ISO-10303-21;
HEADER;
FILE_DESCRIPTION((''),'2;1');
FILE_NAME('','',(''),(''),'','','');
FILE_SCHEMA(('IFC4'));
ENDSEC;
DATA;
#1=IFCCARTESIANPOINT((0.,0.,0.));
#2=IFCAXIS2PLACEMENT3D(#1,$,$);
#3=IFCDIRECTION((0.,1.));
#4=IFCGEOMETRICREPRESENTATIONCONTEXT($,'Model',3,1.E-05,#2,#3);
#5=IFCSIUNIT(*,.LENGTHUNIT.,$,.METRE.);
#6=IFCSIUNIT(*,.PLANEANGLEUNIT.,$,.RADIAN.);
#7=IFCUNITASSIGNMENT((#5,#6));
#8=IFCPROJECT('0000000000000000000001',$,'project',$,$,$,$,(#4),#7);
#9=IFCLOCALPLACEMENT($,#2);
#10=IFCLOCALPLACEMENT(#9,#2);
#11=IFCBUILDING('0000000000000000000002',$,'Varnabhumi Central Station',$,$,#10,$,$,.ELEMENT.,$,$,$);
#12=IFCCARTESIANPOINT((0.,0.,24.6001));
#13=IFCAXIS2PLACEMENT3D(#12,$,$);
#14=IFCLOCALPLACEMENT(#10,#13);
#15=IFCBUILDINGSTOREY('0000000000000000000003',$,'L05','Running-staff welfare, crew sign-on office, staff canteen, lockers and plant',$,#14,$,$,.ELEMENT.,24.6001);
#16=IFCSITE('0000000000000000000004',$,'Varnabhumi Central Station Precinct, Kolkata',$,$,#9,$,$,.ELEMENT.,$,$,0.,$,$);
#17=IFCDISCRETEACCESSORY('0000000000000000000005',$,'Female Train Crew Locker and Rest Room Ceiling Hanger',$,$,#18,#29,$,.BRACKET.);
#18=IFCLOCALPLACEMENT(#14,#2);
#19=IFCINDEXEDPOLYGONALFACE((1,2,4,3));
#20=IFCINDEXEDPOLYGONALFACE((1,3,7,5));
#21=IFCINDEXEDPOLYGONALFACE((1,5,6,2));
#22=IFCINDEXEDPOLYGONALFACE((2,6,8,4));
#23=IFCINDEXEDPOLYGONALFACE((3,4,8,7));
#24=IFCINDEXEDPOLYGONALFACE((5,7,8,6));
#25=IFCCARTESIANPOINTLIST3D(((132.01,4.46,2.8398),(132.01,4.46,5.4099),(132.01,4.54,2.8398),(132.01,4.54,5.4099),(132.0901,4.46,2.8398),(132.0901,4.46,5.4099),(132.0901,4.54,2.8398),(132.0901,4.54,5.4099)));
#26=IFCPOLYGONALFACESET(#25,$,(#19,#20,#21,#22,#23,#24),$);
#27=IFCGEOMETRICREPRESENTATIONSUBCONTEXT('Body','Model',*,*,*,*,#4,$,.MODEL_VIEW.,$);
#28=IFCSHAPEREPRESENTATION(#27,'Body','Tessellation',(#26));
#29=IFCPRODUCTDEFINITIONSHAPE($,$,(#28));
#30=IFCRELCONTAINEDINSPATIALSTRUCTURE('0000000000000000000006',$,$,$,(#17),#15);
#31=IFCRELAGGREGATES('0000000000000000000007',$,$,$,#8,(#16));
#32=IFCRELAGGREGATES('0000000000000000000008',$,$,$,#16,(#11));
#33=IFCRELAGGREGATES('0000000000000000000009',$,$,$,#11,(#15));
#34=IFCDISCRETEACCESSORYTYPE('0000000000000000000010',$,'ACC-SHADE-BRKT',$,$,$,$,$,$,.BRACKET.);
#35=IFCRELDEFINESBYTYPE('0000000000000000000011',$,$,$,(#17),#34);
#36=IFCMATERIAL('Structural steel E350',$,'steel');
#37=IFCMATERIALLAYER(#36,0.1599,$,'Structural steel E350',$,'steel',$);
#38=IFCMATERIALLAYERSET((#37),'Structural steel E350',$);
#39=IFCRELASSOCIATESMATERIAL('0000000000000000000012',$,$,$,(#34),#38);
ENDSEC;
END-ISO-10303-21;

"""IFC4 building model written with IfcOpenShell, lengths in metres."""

from ifc_helpers import new_model, si_unit, direction, frame, origin, origin_2d, place, context, subcontext, project, spatial, rectangle, extrude, material, layer, layer_set, type_object, element, save


model = new_model("IFC4")

# Units and contexts
model_context = context("Model", 3, precision=1e-05, world=origin(), true_north=direction((0.0, 1.0)))
body_context = subcontext(model_context, "Body", "Model", "MODEL_VIEW")
ifc_project = project(units=[si_unit("LENGTHUNIT", "METRE"), si_unit("PLANEANGLEUNIT", "RADIAN")], contexts=[model_context])

# Site, building, storey
site_placement = place(None, origin())
site = spatial("IfcSite", under=ifc_project, at=site_placement, Name="Varnabhumi Central Station Precinct, Kolkata", CompositionType="ELEMENT", RefElevation=0.0)
building_placement = place(site_placement, origin())
building = spatial("IfcBuilding", under=site, at=building_placement, Name="Varnabhumi Central Station", CompositionType="ELEMENT")
storey_placement = place(building_placement, frame((0.0, 0.0, 24.6001)))
storey = spatial("IfcBuildingStorey", under=building, at=storey_placement, Name="L05", Description="Running-staff welfare, crew sign-on office, staff canteen, lockers and plant", CompositionType="ELEMENT", Elevation=24.6001)

# Shared definitions
ifc_material_1 = material(Name="Structural steel E350", Category="steel")

# Discrete accessory
ifc_layer_1 = layer(ifc_material_1, 0.1599, Name="Structural steel E350", Category="steel")
ifc_layer_set_1 = layer_set([ifc_layer_1], Name="Structural steel E350")
discrete_accessory_type = type_object("IfcDiscreteAccessoryType", Name="ACC-SHADE-BRKT", PredefinedType="BRACKET", material=ifc_layer_set_1)
discrete_accessory_placement = place(storey_placement, frame((132.05, 4.5, 2.8398), z_axis=(0.0, 0.0, 1.0), x_axis=(1.0, 0.0, 0.0)))
element("IfcDiscreteAccessory", 1, at=discrete_accessory_placement, inside=storey, type_object=discrete_accessory_type, Name="Female Train Crew Locker and Rest Room Ceiling Hanger", PredefinedType="BRACKET", context=body_context, shape_type="SweptSolid", body=[
    extrude(rectangle(XDim=0.0801, YDim=0.0801, at=origin_2d()), origin(), (0.0, 0.0, 1.0), 2.5701),
])

save(model, "model.ifc")
